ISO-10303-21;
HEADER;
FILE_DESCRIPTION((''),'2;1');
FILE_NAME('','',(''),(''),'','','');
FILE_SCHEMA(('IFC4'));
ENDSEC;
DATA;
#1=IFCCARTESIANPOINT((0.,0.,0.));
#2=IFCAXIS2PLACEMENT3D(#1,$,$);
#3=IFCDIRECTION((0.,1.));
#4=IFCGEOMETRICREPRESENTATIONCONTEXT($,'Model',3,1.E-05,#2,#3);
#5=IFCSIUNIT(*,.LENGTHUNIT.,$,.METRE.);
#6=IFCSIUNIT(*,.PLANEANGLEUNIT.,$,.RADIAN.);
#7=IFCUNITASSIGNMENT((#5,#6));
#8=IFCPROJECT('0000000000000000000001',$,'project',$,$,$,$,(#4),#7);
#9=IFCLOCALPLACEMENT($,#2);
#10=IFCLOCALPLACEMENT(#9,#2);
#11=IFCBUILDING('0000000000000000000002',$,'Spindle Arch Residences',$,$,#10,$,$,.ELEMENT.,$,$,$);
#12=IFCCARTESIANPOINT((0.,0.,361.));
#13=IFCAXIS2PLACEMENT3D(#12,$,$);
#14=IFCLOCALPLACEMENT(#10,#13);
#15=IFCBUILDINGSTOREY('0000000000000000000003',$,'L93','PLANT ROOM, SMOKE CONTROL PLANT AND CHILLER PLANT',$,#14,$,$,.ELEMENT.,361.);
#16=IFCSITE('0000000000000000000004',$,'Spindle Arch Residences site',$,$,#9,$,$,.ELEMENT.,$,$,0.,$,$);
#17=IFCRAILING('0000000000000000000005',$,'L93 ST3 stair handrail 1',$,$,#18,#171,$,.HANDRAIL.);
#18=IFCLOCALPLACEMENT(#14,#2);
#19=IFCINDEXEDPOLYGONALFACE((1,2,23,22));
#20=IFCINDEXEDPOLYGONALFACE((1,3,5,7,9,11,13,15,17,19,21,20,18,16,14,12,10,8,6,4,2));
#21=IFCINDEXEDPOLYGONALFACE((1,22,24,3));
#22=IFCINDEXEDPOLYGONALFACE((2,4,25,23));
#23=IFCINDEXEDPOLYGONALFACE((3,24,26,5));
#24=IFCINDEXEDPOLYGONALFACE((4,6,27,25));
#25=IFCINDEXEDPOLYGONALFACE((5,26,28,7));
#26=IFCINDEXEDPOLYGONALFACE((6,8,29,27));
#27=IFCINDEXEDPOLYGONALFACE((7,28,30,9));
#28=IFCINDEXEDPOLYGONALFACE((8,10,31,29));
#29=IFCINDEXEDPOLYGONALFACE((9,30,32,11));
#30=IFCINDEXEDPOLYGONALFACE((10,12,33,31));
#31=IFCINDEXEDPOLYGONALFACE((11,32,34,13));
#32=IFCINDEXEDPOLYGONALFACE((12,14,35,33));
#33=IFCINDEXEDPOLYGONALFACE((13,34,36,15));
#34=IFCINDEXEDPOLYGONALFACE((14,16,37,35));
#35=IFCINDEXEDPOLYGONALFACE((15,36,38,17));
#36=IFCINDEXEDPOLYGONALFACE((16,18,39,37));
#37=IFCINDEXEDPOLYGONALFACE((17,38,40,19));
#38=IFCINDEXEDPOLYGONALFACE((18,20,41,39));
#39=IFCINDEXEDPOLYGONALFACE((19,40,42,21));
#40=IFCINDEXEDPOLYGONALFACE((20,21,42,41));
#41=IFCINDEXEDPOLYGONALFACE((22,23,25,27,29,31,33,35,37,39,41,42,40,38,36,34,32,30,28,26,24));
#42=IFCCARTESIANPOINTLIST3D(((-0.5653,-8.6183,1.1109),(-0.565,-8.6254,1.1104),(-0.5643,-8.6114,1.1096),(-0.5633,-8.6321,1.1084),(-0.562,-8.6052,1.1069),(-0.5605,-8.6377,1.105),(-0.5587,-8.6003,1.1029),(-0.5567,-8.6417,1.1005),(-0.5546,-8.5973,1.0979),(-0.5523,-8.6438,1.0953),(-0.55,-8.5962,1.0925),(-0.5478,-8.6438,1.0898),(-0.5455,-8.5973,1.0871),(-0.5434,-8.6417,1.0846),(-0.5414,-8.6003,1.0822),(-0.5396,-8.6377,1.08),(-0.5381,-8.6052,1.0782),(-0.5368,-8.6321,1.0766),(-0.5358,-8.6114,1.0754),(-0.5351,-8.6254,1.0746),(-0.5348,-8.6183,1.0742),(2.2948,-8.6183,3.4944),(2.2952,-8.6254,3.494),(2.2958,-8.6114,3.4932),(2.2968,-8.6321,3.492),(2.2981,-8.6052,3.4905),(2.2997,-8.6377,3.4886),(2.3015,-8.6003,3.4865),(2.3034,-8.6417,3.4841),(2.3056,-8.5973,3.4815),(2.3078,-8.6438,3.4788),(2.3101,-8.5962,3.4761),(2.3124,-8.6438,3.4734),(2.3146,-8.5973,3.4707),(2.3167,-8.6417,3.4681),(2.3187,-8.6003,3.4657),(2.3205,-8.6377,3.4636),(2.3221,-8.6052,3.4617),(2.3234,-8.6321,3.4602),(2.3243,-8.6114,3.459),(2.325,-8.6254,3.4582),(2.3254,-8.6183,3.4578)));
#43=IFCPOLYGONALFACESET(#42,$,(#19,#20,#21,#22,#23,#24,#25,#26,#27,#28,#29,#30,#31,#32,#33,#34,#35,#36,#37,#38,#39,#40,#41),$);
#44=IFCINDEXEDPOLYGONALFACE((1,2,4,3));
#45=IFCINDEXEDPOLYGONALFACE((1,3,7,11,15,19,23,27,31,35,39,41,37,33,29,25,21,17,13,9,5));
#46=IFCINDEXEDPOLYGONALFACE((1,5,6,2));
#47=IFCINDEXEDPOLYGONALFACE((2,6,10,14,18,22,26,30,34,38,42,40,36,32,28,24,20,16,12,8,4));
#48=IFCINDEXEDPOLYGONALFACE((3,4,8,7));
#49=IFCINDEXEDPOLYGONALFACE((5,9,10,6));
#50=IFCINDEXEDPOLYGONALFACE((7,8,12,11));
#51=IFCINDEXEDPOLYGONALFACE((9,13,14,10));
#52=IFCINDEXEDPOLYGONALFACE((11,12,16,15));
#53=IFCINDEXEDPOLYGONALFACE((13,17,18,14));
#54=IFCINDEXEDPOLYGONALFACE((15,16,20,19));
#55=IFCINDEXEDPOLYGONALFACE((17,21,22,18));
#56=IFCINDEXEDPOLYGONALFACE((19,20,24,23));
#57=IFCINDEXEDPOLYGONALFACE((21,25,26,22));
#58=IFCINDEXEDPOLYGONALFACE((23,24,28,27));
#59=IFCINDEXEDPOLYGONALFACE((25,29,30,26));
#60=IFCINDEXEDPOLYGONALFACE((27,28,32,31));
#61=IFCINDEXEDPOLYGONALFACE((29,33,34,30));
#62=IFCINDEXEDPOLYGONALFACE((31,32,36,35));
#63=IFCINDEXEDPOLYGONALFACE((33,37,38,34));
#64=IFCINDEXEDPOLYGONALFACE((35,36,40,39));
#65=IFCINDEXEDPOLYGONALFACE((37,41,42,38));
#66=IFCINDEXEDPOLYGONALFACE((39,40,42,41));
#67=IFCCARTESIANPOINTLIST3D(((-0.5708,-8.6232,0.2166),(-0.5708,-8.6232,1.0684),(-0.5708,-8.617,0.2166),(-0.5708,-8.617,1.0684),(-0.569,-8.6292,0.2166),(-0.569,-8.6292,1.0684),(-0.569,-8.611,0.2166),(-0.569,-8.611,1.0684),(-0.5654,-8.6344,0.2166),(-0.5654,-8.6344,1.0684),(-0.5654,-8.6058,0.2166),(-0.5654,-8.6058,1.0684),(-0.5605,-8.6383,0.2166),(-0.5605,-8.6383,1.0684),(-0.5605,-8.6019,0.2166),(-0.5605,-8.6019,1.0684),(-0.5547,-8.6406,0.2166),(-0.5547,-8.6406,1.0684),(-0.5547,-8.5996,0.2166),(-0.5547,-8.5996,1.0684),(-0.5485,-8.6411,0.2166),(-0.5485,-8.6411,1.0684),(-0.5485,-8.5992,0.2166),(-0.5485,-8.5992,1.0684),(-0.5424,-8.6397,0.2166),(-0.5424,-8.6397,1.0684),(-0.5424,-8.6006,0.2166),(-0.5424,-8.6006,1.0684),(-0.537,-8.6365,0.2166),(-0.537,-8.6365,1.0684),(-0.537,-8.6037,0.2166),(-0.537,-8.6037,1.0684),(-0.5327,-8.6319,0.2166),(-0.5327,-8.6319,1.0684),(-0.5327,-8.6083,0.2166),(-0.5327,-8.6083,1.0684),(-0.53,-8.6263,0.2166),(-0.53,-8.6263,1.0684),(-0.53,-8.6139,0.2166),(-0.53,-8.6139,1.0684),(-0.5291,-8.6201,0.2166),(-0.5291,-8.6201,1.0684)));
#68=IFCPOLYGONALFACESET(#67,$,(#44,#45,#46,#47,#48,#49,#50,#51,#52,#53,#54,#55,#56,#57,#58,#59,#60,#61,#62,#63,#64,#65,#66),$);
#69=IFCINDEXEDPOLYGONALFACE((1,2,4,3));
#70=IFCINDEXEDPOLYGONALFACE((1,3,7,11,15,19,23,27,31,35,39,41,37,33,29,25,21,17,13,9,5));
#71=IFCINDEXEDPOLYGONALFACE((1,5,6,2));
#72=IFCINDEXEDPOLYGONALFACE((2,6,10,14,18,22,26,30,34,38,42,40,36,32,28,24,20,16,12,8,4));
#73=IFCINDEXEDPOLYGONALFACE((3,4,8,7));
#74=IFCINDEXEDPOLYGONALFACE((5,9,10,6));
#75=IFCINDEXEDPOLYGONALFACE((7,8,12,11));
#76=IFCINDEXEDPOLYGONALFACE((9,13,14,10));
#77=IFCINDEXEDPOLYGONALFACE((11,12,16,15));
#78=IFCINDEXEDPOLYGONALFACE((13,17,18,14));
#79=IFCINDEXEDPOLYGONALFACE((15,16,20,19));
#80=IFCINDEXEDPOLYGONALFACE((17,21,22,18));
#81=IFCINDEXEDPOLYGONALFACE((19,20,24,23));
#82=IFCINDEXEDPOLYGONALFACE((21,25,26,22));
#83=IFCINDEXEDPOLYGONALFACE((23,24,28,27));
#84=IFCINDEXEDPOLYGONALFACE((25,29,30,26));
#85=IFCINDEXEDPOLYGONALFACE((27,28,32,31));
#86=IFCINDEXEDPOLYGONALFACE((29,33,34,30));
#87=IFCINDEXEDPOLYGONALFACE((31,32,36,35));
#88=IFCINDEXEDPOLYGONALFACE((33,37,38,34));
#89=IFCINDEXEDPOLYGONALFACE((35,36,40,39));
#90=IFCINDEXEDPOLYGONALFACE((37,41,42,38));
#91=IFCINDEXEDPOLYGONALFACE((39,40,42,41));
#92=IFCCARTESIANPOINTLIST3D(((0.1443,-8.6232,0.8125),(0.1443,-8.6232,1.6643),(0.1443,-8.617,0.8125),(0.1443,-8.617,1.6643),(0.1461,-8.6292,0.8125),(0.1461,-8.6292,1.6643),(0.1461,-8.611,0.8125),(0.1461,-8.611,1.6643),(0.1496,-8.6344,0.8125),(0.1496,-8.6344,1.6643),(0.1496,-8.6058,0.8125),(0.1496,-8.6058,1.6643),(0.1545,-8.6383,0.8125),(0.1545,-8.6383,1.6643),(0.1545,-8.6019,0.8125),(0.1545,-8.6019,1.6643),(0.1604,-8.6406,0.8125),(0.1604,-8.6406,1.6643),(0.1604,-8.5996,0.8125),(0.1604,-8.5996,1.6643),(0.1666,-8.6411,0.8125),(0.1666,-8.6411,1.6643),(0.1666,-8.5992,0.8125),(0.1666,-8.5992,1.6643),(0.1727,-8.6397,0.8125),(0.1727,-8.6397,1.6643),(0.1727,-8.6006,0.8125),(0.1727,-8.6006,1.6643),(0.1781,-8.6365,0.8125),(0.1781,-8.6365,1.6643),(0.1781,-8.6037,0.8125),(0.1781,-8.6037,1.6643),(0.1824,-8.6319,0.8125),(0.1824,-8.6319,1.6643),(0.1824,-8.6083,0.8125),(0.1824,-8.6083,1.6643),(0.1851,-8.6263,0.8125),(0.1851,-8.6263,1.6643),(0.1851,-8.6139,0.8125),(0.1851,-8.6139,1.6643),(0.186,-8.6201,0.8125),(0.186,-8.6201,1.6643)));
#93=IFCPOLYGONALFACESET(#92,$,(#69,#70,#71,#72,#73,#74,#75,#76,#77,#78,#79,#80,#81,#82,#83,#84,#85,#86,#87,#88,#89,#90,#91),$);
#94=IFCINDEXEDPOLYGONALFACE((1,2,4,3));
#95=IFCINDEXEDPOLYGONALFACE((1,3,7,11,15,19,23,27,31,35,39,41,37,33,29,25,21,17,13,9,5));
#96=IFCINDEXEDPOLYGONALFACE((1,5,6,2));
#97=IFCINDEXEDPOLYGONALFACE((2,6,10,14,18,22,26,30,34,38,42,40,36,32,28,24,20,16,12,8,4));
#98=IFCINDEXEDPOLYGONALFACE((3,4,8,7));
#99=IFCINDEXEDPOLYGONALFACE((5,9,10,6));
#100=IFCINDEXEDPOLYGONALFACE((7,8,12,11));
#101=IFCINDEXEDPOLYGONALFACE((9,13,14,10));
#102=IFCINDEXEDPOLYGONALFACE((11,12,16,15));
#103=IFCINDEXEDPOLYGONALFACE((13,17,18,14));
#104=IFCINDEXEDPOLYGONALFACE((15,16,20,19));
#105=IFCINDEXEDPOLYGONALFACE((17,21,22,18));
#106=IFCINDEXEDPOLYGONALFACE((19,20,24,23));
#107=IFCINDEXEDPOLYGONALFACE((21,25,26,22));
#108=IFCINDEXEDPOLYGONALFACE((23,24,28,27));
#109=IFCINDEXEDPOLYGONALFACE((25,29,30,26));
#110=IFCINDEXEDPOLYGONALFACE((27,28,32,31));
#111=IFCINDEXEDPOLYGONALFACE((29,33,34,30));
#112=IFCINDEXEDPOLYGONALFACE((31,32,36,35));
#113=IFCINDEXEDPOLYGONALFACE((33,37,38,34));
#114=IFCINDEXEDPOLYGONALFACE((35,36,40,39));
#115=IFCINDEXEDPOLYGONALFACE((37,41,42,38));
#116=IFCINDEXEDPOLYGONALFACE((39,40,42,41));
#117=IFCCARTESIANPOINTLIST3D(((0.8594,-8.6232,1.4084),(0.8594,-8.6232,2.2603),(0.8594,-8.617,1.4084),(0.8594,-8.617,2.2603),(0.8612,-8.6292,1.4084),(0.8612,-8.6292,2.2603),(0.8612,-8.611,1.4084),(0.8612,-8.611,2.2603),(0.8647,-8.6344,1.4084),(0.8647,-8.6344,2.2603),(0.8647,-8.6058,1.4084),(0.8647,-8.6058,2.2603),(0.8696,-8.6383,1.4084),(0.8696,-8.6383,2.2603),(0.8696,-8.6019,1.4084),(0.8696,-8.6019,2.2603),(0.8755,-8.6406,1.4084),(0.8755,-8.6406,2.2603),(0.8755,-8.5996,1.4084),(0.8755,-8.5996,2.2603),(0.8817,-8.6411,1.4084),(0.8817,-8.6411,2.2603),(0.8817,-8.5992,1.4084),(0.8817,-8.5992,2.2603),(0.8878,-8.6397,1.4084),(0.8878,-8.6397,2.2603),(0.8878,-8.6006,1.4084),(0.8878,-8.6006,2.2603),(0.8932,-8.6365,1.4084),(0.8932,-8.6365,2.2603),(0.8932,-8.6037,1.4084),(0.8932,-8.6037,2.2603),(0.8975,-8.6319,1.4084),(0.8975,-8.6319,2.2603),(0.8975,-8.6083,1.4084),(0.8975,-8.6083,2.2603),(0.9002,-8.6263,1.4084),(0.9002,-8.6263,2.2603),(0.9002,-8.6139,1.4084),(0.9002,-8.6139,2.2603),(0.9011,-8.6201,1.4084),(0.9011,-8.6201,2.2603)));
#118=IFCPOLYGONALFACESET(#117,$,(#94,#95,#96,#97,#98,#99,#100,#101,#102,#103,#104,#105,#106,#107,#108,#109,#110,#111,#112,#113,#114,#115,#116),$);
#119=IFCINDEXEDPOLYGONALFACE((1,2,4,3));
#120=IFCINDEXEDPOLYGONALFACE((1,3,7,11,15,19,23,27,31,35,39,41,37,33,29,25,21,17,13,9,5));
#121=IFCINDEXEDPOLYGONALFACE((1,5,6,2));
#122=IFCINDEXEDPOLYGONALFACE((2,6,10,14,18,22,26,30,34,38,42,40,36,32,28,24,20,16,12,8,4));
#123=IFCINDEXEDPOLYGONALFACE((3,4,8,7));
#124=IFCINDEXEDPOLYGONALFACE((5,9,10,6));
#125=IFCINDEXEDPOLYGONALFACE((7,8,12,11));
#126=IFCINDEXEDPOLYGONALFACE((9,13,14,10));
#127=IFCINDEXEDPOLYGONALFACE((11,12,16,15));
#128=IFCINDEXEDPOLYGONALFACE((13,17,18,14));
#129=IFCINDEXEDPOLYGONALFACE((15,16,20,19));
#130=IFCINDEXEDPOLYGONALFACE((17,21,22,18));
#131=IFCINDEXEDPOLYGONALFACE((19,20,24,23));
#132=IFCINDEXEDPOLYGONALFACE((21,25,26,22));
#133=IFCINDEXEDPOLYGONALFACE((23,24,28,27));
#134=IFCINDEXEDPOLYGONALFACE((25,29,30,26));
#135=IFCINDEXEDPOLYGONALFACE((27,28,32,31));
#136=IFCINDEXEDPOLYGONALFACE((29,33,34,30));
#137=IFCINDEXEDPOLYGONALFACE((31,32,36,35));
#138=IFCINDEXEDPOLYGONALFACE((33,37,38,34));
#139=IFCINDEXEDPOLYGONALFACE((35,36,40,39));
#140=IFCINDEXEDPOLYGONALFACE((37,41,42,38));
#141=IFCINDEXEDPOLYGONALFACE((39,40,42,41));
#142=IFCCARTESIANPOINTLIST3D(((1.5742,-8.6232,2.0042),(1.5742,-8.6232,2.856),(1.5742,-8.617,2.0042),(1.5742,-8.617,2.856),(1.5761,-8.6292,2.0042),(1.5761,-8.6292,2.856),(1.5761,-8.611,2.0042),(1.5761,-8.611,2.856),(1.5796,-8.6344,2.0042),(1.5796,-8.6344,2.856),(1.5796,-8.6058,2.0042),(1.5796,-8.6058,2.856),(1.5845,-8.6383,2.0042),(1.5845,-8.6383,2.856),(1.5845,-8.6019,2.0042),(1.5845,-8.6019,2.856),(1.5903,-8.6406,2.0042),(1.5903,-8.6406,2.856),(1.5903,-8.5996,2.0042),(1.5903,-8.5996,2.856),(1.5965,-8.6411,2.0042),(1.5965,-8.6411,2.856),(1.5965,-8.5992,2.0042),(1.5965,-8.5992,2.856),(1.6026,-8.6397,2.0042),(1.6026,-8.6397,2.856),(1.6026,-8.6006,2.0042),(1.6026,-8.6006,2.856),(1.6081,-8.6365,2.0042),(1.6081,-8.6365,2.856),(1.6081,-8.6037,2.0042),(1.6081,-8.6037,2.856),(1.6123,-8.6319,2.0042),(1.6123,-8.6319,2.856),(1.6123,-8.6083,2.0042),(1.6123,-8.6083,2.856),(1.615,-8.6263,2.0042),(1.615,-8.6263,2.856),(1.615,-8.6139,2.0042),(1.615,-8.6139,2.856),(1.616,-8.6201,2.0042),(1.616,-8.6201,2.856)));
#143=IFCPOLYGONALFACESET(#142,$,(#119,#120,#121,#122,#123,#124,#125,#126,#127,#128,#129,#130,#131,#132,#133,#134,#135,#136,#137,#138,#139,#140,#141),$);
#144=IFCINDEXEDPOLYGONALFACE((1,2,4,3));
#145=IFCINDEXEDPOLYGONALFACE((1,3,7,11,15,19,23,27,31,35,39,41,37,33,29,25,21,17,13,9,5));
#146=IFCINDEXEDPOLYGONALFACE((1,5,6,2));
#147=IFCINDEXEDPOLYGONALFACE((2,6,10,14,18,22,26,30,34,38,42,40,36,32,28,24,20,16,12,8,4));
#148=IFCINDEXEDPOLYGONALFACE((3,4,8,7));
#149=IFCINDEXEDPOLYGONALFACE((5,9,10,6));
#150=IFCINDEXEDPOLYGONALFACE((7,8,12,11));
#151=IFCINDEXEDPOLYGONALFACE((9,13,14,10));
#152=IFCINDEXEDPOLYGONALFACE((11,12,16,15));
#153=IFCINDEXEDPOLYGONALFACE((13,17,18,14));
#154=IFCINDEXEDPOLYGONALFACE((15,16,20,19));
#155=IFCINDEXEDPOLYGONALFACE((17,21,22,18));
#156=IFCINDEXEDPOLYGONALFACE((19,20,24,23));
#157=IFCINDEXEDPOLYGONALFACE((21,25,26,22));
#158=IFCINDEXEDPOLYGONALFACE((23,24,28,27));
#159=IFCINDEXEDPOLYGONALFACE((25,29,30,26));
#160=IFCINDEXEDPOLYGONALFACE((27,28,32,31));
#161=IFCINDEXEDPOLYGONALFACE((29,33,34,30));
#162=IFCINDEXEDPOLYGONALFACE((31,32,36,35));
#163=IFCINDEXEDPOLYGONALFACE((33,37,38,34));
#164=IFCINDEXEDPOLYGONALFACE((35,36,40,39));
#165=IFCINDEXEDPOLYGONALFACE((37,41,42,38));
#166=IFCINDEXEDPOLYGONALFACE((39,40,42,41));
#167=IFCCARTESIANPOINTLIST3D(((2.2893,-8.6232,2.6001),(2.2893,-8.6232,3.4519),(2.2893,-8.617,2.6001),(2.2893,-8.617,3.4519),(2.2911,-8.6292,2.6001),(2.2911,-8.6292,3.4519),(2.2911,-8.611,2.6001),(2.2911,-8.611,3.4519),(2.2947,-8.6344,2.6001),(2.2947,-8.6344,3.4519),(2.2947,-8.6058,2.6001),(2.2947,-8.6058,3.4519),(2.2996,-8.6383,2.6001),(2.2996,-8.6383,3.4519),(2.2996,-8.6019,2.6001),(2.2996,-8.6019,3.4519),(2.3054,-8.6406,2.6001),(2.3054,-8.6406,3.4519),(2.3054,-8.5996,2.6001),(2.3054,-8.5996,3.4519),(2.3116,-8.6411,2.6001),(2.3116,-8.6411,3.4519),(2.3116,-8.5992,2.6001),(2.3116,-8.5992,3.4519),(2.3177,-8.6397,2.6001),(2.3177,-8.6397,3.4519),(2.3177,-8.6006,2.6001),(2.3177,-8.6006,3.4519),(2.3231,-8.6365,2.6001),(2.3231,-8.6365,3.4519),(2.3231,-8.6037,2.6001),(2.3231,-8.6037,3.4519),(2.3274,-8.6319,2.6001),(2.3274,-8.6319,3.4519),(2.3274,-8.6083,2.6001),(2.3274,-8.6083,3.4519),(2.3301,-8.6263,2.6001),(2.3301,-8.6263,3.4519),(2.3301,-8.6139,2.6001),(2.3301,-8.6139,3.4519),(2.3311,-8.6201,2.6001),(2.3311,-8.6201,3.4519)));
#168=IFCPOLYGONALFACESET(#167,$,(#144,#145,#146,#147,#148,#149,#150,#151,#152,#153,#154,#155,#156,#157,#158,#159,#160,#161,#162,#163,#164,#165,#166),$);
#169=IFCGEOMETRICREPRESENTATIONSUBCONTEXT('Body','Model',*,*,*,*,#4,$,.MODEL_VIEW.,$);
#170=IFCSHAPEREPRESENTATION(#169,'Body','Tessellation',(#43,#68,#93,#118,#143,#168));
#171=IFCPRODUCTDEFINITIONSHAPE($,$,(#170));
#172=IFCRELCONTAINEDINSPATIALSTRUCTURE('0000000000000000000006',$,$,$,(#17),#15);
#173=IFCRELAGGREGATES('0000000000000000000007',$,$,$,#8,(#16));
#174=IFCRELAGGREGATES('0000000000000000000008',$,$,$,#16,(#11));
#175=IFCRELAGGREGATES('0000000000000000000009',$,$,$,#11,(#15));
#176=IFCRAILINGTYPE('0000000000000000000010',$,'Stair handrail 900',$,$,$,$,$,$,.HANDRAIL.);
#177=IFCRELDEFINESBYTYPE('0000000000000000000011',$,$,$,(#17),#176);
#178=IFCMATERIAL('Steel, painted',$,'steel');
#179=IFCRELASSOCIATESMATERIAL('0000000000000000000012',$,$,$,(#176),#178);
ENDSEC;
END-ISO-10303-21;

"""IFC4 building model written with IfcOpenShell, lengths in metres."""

from ifc_helpers import new_model, si_unit, direction, frame, origin, origin_2d, place, context, subcontext, project, spatial, circle, extrude, material, type_object, element, save


model = new_model("IFC4")

# Units and contexts
model_context = context("Model", 3, precision=1e-05, world=origin(), true_north=direction((0.0, 1.0)))
body_context = subcontext(model_context, "Body", "Model", "MODEL_VIEW")
ifc_project = project(units=[si_unit("LENGTHUNIT", "METRE"), si_unit("PLANEANGLEUNIT", "RADIAN")], contexts=[model_context])

# Site, building, storey
site_placement = place(None, origin())
site = spatial("IfcSite", under=ifc_project, at=site_placement, Name="Spindle Arch Residences site", CompositionType="ELEMENT", RefElevation=0.0)
building_placement = place(site_placement, origin())
building = spatial("IfcBuilding", under=site, at=building_placement, Name="Spindle Arch Residences", CompositionType="ELEMENT")
storey_placement = place(building_placement, frame((0.0, 0.0, 361.0)))
storey = spatial("IfcBuildingStorey", under=building, at=storey_placement, Name="L93", Description="PLANT ROOM, SMOKE CONTROL PLANT AND CHILLER PLANT", CompositionType="ELEMENT", Elevation=361.0)

# Railing
ifc_material_1 = material(Name="Steel, painted", Category="steel")
railing_type_1 = type_object("IfcRailingType", Name="Stair handrail 900", PredefinedType="HANDRAIL", material=ifc_material_1)
railing_1_placement = place(storey_placement, frame((-0.55, -8.6201, 0.2166)))
element("IfcRailing", 1, at=railing_1_placement, inside=storey, type_object=railing_type_1, Name="L93 ST3 stair handrail 1", PredefinedType="HANDRAIL", context=body_context, shape_type="SweptSolid", body=[
    extrude(circle(Radius=0.0239, at=origin_2d()), frame((0.0, 0.0, 0.876), z_axis=(0.768205, 0.0, 0.640204), x_axis=(0.0, 1.0, 0.0)), (0.0, 0.0, 1.0), 3.7231),
    extrude(circle(Radius=0.021, at=origin_2d()), origin(), (0.0, 0.0, 1.0), 0.8518),
    extrude(circle(Radius=0.021, at=origin_2d()), frame((0.7151, 0.0, 0.5959)), (0.0, 0.0, 1.0), 0.8518),
    extrude(circle(Radius=0.021, at=origin_2d()), frame((1.4302, 0.0, 1.1919)), (0.0, 0.0, 1.0), 0.8518),
    extrude(circle(Radius=0.021, at=origin_2d()), frame((2.145, 0.0, 1.7876)), (0.0, 0.0, 1.0), 0.8518),
    extrude(circle(Radius=0.021, at=origin_2d()), frame((2.8601, 0.0, 2.3835)), (0.0, 0.0, 1.0), 0.8518),
])

save(model, "model.ifc")
